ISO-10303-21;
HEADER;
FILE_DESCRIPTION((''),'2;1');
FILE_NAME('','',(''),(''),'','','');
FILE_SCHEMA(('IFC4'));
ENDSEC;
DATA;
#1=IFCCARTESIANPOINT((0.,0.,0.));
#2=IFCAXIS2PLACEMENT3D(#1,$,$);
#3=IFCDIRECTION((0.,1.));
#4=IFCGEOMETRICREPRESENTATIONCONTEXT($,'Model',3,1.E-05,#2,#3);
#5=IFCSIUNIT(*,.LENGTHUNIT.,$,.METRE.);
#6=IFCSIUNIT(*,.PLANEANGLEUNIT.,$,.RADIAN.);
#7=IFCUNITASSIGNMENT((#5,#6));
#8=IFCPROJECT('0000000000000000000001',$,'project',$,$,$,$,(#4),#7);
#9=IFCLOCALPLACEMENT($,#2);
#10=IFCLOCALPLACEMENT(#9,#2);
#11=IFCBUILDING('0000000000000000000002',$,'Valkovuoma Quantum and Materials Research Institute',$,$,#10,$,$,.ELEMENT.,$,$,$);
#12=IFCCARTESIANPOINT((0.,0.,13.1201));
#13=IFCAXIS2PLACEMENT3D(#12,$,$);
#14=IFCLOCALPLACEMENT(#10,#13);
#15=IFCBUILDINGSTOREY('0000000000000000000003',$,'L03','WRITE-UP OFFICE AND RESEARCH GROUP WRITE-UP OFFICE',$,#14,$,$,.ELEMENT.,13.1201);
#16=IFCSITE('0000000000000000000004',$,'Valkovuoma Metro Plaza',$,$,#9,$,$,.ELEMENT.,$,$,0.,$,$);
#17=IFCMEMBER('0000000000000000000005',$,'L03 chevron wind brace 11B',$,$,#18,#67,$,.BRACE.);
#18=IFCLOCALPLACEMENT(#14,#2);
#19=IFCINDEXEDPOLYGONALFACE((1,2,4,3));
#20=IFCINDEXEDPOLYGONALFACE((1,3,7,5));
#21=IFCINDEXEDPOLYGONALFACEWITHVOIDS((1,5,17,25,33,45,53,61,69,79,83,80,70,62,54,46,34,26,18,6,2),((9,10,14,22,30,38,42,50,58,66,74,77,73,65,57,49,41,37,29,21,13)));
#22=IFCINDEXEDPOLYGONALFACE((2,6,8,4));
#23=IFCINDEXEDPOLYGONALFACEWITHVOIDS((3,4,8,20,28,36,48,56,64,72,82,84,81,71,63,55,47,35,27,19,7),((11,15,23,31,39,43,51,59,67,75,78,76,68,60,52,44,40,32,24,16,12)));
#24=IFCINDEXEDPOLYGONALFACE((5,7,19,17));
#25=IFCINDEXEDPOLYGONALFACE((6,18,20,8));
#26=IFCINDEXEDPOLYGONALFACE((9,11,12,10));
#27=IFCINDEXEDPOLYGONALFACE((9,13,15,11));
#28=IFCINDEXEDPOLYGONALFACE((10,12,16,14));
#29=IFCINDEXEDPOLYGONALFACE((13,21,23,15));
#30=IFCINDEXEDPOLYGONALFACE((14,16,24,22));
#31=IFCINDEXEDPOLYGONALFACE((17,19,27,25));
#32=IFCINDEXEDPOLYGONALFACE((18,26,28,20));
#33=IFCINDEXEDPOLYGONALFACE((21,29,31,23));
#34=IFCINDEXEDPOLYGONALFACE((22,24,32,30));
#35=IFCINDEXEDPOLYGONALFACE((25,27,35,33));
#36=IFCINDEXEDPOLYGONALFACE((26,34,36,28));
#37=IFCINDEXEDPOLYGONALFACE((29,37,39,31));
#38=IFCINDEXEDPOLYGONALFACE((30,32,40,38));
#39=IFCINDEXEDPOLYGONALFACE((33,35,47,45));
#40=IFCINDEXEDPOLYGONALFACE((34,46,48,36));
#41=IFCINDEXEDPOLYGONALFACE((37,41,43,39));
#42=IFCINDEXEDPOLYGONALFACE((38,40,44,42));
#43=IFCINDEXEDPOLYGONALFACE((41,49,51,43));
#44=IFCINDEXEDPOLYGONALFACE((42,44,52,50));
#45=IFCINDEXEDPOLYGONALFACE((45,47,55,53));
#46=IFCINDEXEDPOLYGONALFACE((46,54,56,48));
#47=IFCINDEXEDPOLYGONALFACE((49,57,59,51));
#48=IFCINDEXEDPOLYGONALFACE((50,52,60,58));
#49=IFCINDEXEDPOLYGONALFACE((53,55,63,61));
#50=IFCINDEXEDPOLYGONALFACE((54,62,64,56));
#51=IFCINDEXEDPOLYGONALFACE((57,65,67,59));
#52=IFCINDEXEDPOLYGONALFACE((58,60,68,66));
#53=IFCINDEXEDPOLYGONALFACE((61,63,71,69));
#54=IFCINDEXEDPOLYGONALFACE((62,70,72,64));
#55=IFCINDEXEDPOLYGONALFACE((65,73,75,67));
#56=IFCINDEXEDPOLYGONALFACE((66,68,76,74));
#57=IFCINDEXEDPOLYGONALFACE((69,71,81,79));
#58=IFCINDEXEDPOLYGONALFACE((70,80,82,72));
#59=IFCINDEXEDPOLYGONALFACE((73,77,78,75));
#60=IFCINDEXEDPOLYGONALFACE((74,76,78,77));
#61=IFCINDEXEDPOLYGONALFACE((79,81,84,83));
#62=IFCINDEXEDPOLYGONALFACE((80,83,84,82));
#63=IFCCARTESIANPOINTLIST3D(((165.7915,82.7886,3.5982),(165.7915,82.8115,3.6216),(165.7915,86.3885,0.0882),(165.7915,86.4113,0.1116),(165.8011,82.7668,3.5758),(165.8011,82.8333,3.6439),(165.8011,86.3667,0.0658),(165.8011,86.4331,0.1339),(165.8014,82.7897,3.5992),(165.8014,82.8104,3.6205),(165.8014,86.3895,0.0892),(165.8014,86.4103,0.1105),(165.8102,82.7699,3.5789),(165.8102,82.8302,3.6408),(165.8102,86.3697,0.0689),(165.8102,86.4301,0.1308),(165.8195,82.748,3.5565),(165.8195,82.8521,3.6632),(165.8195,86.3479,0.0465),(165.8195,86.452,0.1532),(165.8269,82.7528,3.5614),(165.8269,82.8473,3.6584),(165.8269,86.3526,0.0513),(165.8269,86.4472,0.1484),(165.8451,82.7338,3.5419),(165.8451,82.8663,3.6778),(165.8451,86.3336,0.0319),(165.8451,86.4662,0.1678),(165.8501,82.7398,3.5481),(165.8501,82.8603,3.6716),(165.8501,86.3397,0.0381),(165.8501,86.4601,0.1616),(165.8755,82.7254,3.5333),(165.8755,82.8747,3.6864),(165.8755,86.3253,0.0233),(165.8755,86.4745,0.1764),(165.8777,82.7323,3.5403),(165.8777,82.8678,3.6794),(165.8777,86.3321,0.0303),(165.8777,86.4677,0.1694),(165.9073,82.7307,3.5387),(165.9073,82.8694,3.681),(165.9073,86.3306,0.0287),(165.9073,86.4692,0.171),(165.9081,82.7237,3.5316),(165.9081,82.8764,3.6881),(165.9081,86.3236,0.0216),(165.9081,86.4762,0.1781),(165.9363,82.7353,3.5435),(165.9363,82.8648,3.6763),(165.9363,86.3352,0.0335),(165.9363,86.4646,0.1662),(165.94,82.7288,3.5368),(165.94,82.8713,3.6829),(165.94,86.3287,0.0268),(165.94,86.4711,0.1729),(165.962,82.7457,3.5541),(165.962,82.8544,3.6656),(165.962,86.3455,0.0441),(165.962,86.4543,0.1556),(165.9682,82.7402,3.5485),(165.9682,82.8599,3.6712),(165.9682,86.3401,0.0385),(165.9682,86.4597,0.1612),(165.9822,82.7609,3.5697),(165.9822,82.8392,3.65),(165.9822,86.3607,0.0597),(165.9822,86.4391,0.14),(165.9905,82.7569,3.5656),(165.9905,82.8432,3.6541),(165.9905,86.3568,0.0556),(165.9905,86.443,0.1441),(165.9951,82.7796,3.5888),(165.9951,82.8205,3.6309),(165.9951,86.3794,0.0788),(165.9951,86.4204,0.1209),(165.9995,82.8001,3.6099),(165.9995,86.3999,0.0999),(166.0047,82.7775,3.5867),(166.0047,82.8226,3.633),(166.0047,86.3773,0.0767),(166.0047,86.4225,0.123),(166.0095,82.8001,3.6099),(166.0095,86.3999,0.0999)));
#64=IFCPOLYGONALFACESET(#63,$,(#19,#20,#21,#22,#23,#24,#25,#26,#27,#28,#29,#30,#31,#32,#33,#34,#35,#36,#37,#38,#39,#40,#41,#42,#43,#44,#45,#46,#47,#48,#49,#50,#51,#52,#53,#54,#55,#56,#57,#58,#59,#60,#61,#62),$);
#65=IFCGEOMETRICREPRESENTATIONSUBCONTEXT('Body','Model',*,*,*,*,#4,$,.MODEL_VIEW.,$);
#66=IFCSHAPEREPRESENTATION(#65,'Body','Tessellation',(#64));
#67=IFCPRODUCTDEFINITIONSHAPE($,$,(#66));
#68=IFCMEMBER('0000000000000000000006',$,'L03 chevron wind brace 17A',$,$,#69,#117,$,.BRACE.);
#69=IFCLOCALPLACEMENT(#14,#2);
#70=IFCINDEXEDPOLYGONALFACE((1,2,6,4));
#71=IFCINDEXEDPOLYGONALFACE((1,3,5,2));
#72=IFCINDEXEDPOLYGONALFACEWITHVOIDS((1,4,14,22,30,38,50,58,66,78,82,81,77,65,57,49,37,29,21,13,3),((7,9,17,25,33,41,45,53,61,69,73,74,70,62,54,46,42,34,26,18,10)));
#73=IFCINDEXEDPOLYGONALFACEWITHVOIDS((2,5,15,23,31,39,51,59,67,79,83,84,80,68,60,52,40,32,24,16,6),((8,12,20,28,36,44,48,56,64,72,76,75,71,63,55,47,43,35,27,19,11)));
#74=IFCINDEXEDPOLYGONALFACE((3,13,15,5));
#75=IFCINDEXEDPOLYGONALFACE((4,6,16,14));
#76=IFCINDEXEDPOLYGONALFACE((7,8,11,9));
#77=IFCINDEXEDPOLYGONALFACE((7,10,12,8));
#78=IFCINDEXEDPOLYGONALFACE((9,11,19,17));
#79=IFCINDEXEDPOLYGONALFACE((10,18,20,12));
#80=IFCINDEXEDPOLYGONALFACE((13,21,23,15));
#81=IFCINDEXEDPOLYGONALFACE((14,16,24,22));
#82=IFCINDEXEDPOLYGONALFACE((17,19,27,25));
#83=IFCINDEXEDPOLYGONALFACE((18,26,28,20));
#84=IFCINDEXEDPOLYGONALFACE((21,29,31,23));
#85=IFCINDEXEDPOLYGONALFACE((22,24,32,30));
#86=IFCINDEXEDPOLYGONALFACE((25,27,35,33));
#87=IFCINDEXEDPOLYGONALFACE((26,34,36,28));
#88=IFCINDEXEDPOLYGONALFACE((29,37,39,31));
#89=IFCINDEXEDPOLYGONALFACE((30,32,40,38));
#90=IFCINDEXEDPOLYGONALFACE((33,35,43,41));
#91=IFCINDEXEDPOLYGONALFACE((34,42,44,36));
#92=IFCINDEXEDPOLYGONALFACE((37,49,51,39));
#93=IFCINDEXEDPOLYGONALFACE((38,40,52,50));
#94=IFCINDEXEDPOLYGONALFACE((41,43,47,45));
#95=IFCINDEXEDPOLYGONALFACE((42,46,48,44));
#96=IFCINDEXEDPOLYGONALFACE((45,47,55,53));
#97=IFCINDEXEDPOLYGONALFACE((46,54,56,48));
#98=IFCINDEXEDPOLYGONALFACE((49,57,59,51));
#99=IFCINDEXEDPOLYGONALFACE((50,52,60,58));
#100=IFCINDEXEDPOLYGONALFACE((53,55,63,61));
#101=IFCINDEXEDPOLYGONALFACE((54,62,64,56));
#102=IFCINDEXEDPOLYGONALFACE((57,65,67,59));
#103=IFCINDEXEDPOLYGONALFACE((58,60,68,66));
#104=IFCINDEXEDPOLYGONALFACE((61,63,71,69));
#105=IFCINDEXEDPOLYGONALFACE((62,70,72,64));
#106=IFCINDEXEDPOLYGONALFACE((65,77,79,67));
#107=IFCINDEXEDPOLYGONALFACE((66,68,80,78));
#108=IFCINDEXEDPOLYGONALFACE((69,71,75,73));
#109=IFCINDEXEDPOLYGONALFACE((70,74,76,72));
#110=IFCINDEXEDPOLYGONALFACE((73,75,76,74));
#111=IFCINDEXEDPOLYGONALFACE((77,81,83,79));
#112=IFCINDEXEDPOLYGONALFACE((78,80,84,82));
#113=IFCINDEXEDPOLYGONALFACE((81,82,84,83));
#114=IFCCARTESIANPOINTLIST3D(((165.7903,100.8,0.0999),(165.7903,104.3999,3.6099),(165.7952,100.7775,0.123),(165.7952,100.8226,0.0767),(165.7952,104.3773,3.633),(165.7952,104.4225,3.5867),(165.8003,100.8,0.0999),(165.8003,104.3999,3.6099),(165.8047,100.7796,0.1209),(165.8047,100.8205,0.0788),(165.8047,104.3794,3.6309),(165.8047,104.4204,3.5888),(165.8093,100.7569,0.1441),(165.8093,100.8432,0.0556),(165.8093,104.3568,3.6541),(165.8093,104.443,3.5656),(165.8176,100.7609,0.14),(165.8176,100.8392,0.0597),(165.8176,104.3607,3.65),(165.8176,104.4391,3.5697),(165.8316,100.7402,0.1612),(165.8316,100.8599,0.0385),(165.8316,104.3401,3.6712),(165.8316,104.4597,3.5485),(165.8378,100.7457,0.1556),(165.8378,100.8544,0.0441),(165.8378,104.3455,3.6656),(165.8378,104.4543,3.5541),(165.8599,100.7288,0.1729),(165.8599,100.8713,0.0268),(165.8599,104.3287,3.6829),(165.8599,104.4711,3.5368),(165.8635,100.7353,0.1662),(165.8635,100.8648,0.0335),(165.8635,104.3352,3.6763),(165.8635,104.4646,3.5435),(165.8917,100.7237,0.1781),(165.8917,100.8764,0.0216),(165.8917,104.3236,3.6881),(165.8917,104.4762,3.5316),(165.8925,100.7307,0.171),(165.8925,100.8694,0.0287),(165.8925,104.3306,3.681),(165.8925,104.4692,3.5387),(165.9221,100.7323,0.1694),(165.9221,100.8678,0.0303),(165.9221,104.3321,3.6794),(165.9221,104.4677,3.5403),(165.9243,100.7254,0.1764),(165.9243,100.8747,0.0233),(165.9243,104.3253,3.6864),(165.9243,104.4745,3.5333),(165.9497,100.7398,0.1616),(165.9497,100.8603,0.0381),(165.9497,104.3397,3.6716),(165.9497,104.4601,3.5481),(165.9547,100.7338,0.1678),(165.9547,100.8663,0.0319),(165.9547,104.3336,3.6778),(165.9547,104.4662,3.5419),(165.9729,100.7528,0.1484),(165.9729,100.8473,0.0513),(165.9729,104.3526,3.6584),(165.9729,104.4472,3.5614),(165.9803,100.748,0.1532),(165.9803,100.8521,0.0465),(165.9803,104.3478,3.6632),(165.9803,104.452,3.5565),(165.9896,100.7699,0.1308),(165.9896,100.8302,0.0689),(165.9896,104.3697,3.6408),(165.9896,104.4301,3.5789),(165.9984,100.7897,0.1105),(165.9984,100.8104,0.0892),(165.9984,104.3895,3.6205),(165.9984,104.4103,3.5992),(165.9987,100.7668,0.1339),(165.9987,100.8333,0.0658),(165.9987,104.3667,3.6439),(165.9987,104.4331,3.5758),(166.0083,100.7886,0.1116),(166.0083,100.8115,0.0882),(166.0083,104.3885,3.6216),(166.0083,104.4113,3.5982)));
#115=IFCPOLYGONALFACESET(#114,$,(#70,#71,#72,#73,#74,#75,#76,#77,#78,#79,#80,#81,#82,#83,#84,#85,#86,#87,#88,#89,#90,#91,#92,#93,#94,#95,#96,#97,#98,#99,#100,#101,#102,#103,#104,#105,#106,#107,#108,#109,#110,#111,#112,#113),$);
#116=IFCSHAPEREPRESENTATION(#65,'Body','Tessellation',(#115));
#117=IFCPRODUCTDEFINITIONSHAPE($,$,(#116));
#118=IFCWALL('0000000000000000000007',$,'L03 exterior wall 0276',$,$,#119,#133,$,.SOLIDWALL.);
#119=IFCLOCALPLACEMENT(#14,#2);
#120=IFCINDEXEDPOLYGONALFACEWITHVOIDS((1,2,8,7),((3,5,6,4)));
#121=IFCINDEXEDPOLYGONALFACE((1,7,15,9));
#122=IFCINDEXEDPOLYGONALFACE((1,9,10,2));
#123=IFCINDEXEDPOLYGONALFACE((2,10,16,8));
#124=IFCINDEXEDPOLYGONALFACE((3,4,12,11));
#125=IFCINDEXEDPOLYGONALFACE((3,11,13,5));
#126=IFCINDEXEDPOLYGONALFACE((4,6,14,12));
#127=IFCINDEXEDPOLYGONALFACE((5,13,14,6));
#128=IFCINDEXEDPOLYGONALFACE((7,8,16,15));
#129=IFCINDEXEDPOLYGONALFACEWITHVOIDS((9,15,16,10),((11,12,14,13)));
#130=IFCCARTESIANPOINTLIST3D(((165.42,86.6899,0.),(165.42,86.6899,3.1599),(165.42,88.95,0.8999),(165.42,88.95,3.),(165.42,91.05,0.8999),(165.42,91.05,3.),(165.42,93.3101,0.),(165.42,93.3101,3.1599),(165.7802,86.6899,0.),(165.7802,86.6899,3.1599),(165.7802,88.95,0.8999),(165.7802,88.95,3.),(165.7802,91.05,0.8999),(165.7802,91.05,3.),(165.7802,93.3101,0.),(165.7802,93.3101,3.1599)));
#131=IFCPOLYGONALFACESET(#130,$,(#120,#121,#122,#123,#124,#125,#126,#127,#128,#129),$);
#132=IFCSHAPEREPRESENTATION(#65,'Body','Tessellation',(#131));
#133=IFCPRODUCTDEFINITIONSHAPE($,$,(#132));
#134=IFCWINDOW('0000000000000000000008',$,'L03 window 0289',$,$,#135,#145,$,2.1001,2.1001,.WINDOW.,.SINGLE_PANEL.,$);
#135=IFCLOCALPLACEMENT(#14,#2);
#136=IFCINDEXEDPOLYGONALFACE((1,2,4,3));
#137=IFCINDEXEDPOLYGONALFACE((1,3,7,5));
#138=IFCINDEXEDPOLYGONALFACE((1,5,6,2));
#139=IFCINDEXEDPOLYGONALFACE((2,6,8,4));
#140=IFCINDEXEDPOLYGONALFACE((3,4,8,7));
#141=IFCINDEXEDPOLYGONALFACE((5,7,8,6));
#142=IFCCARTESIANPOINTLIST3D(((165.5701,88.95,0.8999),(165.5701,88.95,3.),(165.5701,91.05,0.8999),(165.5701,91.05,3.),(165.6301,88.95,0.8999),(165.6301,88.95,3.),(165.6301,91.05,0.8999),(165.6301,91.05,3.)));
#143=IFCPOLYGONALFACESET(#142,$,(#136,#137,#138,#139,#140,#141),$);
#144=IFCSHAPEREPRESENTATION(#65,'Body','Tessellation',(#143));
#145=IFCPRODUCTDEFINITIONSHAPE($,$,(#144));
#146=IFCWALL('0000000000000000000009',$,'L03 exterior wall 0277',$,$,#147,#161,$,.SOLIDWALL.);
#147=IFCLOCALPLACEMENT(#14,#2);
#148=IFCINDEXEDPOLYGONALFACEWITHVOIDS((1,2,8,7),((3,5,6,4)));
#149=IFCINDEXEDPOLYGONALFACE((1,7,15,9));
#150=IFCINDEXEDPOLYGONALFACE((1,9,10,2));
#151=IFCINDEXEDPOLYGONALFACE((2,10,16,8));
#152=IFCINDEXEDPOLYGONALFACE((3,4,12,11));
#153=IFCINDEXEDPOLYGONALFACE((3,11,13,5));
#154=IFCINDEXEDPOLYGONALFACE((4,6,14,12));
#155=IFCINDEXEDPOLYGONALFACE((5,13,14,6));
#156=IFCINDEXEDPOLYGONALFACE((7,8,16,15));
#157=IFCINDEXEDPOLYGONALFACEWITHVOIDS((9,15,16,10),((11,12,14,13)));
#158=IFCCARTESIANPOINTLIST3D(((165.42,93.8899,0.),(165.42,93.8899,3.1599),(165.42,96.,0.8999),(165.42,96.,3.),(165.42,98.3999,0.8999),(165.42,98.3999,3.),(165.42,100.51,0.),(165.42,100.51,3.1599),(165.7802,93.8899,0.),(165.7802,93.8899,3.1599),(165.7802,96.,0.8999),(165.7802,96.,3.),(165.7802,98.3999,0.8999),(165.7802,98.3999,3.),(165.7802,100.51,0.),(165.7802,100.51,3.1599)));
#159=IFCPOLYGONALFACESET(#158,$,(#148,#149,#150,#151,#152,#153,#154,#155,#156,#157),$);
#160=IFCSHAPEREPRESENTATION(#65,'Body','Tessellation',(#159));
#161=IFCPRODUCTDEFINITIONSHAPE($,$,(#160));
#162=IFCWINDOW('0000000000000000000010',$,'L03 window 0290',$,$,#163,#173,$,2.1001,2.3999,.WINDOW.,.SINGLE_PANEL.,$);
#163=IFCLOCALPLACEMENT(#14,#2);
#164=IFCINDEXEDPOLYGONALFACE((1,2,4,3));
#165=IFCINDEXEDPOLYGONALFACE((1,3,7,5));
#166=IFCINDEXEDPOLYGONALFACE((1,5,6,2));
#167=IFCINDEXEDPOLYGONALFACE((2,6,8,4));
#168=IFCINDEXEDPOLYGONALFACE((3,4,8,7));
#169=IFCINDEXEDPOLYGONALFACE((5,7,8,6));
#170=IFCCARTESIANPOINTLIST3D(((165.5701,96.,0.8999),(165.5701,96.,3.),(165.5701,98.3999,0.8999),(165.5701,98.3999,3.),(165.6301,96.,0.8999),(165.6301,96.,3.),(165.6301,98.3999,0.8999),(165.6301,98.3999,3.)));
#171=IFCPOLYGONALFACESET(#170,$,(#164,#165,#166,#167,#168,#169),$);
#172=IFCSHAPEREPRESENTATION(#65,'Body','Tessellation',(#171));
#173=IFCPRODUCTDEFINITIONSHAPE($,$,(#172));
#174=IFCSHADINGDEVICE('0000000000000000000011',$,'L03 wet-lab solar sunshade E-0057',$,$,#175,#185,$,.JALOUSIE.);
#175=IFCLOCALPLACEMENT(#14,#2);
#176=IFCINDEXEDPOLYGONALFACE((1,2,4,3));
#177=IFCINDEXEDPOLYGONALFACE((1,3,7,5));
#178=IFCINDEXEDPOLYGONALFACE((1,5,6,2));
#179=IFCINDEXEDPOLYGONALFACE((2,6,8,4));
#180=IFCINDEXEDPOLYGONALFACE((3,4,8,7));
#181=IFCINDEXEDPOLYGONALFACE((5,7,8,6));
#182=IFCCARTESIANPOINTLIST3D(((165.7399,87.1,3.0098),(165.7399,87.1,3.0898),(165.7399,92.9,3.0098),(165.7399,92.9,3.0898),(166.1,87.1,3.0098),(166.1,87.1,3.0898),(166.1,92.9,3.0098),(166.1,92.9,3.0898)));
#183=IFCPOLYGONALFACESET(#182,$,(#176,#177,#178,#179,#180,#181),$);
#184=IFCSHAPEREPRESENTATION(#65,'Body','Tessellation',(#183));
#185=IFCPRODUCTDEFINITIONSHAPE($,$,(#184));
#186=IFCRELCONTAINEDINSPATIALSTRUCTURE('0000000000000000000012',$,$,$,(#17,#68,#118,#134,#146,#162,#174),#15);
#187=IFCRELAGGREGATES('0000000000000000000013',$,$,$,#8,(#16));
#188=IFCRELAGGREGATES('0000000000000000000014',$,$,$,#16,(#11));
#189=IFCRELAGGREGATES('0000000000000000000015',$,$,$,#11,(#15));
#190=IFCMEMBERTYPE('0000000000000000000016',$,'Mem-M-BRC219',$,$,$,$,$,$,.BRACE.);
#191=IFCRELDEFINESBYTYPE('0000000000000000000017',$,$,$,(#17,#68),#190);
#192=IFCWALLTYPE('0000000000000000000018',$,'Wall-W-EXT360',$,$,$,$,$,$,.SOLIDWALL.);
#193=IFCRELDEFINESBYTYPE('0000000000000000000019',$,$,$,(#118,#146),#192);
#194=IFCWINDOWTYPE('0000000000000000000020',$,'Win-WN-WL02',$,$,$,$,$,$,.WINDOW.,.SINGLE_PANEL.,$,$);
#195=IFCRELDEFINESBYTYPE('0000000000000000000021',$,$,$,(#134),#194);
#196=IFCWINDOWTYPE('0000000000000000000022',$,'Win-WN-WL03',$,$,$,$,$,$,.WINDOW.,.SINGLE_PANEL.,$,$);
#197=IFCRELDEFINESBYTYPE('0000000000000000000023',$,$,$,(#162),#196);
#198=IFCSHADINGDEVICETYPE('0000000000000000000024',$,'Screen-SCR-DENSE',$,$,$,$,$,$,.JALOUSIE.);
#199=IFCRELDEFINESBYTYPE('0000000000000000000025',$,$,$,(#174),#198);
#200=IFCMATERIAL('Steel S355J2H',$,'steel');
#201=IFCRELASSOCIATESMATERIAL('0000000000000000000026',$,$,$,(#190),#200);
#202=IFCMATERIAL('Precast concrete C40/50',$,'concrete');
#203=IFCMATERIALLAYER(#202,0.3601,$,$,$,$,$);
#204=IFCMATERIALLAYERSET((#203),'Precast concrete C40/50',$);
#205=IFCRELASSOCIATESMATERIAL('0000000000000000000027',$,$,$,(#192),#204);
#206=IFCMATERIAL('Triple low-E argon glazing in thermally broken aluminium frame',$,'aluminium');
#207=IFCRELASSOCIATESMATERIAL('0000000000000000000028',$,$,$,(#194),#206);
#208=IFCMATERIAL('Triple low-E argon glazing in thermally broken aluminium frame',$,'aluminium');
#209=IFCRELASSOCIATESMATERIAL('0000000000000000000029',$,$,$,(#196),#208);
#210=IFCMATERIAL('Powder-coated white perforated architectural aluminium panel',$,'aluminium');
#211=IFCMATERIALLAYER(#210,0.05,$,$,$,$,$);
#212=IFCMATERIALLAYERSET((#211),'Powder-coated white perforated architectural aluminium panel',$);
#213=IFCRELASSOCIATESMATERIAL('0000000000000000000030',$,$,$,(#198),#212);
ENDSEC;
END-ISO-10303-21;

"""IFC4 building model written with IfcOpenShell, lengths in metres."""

from ifc_helpers import new_model, si_unit, direction, frame, frame_2d, origin, origin_2d, place, context, subcontext, project, spatial, rectangle, hollow_circle, extrude, material, layer, layer_set, material_profile, profile_set, type_object, element, fill, save


model = new_model("IFC4")

# Units and contexts
model_context = context("Model", 3, precision=1e-05, world=origin(), true_north=direction((0.0, 1.0)))
body_context = subcontext(model_context, "Body", "Model", "MODEL_VIEW")
ifc_project = project(units=[si_unit("LENGTHUNIT", "METRE"), si_unit("PLANEANGLEUNIT", "RADIAN")], contexts=[model_context])

# Site, building, storey
site_placement = place(None, origin())
site = spatial("IfcSite", under=ifc_project, at=site_placement, Name="Valkovuoma Metro Plaza", CompositionType="ELEMENT", RefElevation=0.0)
building_placement = place(site_placement, origin())
building = spatial("IfcBuilding", under=site, at=building_placement, Name="Valkovuoma Quantum and Materials Research Institute", CompositionType="ELEMENT")
storey_placement = place(building_placement, frame((0.0, 0.0, 13.1201)))
storey = spatial("IfcBuildingStorey", under=building, at=storey_placement, Name="L03", Description="WRITE-UP OFFICE AND RESEARCH GROUP WRITE-UP OFFICE", CompositionType="ELEMENT", Elevation=13.1201)

# Members
ifc_material_1 = material(Name="Steel S355J2H", Category="steel")
ifc_material_profile_1 = material_profile(ifc_material_1, hollow_circle(Radius=0.1096, WallThickness=0.01, at=origin_2d()), Name="Steel S355J2H")
ifc_profile_set_1 = profile_set([ifc_material_profile_1], Name="Steel S355J2H")
member_type = type_object("IfcMemberType", Name="Mem-M-BRC219", PredefinedType="BRACE", material=ifc_profile_set_1)
for number, where, z_axis, x_axis, name in (
    (1, (165.8999, 86.3999, 0.0999), (0.0, -0.715985, 0.698116), (1.0, 0.0, 0.0), "L03 chevron wind brace 11B"),
    (2, (165.8999, 100.8, 0.0999), (0.0, 0.715985, 0.698116), (-1.0, 0.0, 0.0), "L03 chevron wind brace 17A"),
):
    element("IfcMember", number, at=place(storey_placement, frame(where, z_axis=z_axis, x_axis=x_axis)), inside=storey, type_object=member_type, Name=name, PredefinedType="BRACE", context=body_context, shape_type="SweptSolid", body=[
        extrude(hollow_circle(Radius=0.1096, WallThickness=0.01, at=origin_2d()), origin(), (0.0, 0.0, 1.0), 5.0278),
    ])

# Walls, openings, windows
ifc_material_2 = material(Name="Precast concrete C40/50", Category="concrete")
ifc_layer_1 = layer(ifc_material_2, 0.3601)
ifc_layer_set_1 = layer_set([ifc_layer_1], Name="Precast concrete C40/50")
wall_type = type_object("IfcWallType", Name="Wall-W-EXT360", PredefinedType="SOLIDWALL", material=ifc_layer_set_1)
wall_1_placement = place(storey_placement, frame((165.6001, 86.6899, 0.0), z_axis=(0.0, 0.0, 1.0), x_axis=(0.0, 1.0, 0.0)))
wall_1 = element("IfcWall", 3, at=wall_1_placement, inside=storey, type_object=wall_type, Name="L03 exterior wall 0276", PredefinedType="SOLIDWALL", context=body_context, shape_type="SweptSolid", body=[
    extrude(rectangle(XDim=6.6201, YDim=0.3601, at=frame_2d((3.3101, 0.0))), origin(), (0.0, 0.0, 1.0), 3.1599),
])
opening_1_placement = place(wall_1_placement, frame((2.26, 0.0, 0.8999)))
opening_1 = element("IfcOpeningElement", 4, at=opening_1_placement, cuts=wall_1, PredefinedType="OPENING", context=body_context, shape_type="SweptSolid", body=[
    extrude(rectangle(XDim=2.1001, YDim=2.1001, at=frame_2d((1.05, 1.05))), frame((0.0, 0.1899, 0.0), z_axis=(0.0, -1.0, 0.0), x_axis=(1.0, 0.0, 0.0)), (0.0, 0.0, 1.0), 0.3801),
])
ifc_material_3 = material(Name="Triple low-E argon glazing in thermally broken aluminium frame", Category="aluminium")
window_type_1 = type_object("IfcWindowType", Name="Win-WN-WL02", PartitioningType="SINGLE_PANEL", PredefinedType="WINDOW", material=ifc_material_3)
window_1_placement = place(opening_1_placement, origin())
window_1 = element("IfcWindow", 5, at=window_1_placement, inside=storey, type_object=window_type_1, Name="L03 window 0289", OverallHeight=2.1001, OverallWidth=2.1001, PartitioningType="SINGLE_PANEL", PredefinedType="WINDOW", context=body_context, shape_type="SweptSolid", body=[
    extrude(rectangle(XDim=2.1001, YDim=2.1001, at=frame_2d((1.05, 1.05))), frame((0.0, 0.03, 0.0), z_axis=(0.0, -1.0, 0.0), x_axis=(1.0, 0.0, 0.0)), (0.0, 0.0, 1.0), 0.0601),
])
fill(opening_1, window_1)
wall_2_placement = place(storey_placement, frame((165.6001, 93.8899, 0.0), z_axis=(0.0, 0.0, 1.0), x_axis=(0.0, 1.0, 0.0)))
wall_2 = element("IfcWall", 6, at=wall_2_placement, inside=storey, type_object=wall_type, Name="L03 exterior wall 0277", PredefinedType="SOLIDWALL", context=body_context, shape_type="SweptSolid", body=[
    extrude(rectangle(XDim=6.6201, YDim=0.3601, at=frame_2d((3.3101, 0.0))), origin(), (0.0, 0.0, 1.0), 3.1599),
])
opening_2_placement = place(wall_2_placement, frame((2.1101, 0.0, 0.8999)))
opening_2 = element("IfcOpeningElement", 7, at=opening_2_placement, cuts=wall_2, PredefinedType="OPENING", context=body_context, shape_type="SweptSolid", body=[
    extrude(rectangle(XDim=2.3999, YDim=2.1001, at=frame_2d((1.2, 1.05))), frame((0.0, 0.1899, 0.0), z_axis=(0.0, -1.0, 0.0), x_axis=(1.0, 0.0, 0.0)), (0.0, 0.0, 1.0), 0.3801),
])
ifc_material_4 = material(Name="Triple low-E argon glazing in thermally broken aluminium frame", Category="aluminium")
window_type_2 = type_object("IfcWindowType", Name="Win-WN-WL03", PartitioningType="SINGLE_PANEL", PredefinedType="WINDOW", material=ifc_material_4)
window_2_placement = place(opening_2_placement, origin())
window_2 = element("IfcWindow", 8, at=window_2_placement, inside=storey, type_object=window_type_2, Name="L03 window 0290", OverallHeight=2.1001, OverallWidth=2.3999, PartitioningType="SINGLE_PANEL", PredefinedType="WINDOW", context=body_context, shape_type="SweptSolid", body=[
    extrude(rectangle(XDim=2.3999, YDim=2.1001, at=frame_2d((1.2, 1.05))), frame((0.0, 0.03, 0.0), z_axis=(0.0, -1.0, 0.0), x_axis=(1.0, 0.0, 0.0)), (0.0, 0.0, 1.0), 0.0601),
])
fill(opening_2, window_2)

# Shading device
ifc_material_5 = material(Name="Powder-coated white perforated architectural aluminium panel", Category="aluminium")
ifc_layer_2 = layer(ifc_material_5, 0.05)
ifc_layer_set_2 = layer_set([ifc_layer_2], Name="Powder-coated white perforated architectural aluminium panel")
shading_device_type_1 = type_object("IfcShadingDeviceType", Name="Screen-SCR-DENSE", PredefinedType="JALOUSIE", material=ifc_layer_set_2)
shading_device_1_placement = place(storey_placement, frame((165.9199, 90.0, 3.0098), z_axis=(0.0, 0.0, 1.0), x_axis=(1.0, 0.0, 0.0)))
element("IfcShadingDevice", 9, at=shading_device_1_placement, inside=storey, type_object=shading_device_type_1, Name="L03 wet-lab solar sunshade E-0057", PredefinedType="JALOUSIE", context=body_context, shape_type="SweptSolid", body=[
    extrude(rectangle(XDim=0.3601, YDim=5.8, at=origin_2d()), origin(), (0.0, 0.0, 1.0), 0.0801),
])

save(model, "model.ifc")
